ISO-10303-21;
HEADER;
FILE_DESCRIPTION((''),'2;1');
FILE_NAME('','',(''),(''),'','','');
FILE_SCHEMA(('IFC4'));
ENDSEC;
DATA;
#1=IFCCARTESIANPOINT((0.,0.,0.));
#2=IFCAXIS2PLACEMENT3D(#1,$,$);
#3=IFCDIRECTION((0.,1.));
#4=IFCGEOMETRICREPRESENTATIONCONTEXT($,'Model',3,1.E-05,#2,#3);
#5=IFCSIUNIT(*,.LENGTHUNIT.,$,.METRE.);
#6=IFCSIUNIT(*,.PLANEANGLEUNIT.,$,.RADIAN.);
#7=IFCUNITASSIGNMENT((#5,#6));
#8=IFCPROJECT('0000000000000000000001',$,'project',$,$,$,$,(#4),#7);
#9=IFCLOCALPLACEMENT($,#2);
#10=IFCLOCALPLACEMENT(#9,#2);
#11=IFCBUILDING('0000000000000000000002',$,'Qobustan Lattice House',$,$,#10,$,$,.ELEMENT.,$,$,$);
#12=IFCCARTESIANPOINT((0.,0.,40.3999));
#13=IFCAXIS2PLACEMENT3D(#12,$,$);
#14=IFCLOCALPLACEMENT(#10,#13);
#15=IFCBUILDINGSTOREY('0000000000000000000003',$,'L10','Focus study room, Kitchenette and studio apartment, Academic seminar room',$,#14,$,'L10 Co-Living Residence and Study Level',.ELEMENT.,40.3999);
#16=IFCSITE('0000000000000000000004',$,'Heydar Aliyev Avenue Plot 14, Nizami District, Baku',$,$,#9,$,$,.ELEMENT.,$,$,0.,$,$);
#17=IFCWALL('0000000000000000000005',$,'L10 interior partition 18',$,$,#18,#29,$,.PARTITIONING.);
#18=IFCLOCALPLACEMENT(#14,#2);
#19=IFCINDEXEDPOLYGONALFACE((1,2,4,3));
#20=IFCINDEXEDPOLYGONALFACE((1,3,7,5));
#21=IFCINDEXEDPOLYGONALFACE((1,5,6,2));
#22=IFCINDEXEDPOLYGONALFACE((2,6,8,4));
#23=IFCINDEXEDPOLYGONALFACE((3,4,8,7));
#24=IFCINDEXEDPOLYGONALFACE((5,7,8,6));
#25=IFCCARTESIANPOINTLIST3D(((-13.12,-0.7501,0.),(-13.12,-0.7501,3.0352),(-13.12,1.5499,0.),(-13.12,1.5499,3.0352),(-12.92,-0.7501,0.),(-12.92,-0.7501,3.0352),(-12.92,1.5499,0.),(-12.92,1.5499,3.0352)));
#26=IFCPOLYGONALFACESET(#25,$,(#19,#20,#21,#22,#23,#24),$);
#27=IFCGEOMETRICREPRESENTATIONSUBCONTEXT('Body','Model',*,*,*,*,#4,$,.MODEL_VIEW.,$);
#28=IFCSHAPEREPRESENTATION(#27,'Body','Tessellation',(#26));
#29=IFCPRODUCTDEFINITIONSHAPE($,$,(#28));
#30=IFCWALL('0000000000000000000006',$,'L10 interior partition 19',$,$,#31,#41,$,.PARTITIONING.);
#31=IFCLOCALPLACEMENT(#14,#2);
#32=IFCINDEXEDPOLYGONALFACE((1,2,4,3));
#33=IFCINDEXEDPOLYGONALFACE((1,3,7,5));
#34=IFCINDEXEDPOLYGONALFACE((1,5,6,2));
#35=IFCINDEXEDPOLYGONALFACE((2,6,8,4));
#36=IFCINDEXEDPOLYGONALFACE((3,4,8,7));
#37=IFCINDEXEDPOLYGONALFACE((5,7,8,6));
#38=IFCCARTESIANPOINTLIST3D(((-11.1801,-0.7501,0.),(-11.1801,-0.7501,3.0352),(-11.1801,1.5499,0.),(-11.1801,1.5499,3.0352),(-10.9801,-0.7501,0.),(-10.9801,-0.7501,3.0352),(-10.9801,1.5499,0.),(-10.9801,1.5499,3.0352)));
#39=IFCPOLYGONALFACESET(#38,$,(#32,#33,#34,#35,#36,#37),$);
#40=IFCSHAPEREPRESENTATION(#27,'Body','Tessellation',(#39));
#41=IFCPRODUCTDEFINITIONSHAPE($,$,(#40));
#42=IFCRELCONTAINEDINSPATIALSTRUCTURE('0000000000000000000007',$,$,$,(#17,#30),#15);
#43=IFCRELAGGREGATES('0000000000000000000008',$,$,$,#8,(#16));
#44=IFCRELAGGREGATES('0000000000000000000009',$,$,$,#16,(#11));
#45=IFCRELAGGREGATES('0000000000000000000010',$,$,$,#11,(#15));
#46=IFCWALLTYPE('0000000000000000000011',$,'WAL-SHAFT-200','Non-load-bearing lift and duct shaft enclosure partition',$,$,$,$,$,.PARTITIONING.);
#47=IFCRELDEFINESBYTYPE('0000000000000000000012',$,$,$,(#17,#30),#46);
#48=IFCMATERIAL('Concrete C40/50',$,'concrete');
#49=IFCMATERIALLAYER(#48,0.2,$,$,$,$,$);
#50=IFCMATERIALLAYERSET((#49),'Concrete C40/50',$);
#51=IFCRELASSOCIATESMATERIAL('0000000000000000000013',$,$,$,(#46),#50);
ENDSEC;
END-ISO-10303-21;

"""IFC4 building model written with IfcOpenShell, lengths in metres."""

from ifc_helpers import new_model, si_unit, direction, frame, frame_2d, origin, place, context, subcontext, project, spatial, rectangle, extrude, material, layer, layer_set, type_object, element, save


model = new_model("IFC4")

# Units and contexts
model_context = context("Model", 3, precision=1e-05, world=origin(), true_north=direction((0.0, 1.0)))
body_context = subcontext(model_context, "Body", "Model", "MODEL_VIEW")
ifc_project = project(units=[si_unit("LENGTHUNIT", "METRE"), si_unit("PLANEANGLEUNIT", "RADIAN")], contexts=[model_context])

# Site, building, storey
site_placement = place(None, origin())
site = spatial("IfcSite", under=ifc_project, at=site_placement, Name="Heydar Aliyev Avenue Plot 14, Nizami District, Baku", CompositionType="ELEMENT", RefElevation=0.0)
building_placement = place(site_placement, origin())
building = spatial("IfcBuilding", under=site, at=building_placement, Name="Qobustan Lattice House", CompositionType="ELEMENT")
storey_placement = place(building_placement, frame((0.0, 0.0, 40.3999)))
storey = spatial("IfcBuildingStorey", under=building, at=storey_placement, Name="L10", Description="Focus study room, Kitchenette and studio apartment, Academic seminar room", LongName="L10 Co-Living Residence and Study Level", CompositionType="ELEMENT", Elevation=40.3999)

# Shared definitions
ifc_material_1 = material(Name="Concrete C40/50", Category="concrete")
ifc_layer_1 = layer(ifc_material_1, 0.2)
ifc_layer_set_1 = layer_set([ifc_layer_1], Name="Concrete C40/50")
wall_type_1 = type_object("IfcWallType", Name="WAL-SHAFT-200", Description="Non-load-bearing lift and duct shaft enclosure partition", PredefinedType="PARTITIONING", material=ifc_layer_set_1)

# Walls
for number, where, z_axis, x_axis, name in (
    (1, (-13.02, -0.75, 0.0), (0.0, 0.0, 1.0), (0.0, 1.0, 0.0), "L10 interior partition 18"),
    (2, (-11.0801, -0.75, 0.0), (0.0, 0.0, 1.0), (0.0, 1.0, 0.0), "L10 interior partition 19"),
):
    element("IfcWall", number, at=place(storey_placement, frame(where, z_axis=z_axis, x_axis=x_axis)), inside=storey, type_object=wall_type_1, Name=name, PredefinedType="PARTITIONING", context=body_context, shape_type="SweptSolid", body=[
        extrude(rectangle(XDim=2.3, YDim=0.2, at=frame_2d((1.1499, 0.0))), origin(), (0.0, 0.0, 1.0), 3.0352),
    ])

save(model, "model.ifc")
